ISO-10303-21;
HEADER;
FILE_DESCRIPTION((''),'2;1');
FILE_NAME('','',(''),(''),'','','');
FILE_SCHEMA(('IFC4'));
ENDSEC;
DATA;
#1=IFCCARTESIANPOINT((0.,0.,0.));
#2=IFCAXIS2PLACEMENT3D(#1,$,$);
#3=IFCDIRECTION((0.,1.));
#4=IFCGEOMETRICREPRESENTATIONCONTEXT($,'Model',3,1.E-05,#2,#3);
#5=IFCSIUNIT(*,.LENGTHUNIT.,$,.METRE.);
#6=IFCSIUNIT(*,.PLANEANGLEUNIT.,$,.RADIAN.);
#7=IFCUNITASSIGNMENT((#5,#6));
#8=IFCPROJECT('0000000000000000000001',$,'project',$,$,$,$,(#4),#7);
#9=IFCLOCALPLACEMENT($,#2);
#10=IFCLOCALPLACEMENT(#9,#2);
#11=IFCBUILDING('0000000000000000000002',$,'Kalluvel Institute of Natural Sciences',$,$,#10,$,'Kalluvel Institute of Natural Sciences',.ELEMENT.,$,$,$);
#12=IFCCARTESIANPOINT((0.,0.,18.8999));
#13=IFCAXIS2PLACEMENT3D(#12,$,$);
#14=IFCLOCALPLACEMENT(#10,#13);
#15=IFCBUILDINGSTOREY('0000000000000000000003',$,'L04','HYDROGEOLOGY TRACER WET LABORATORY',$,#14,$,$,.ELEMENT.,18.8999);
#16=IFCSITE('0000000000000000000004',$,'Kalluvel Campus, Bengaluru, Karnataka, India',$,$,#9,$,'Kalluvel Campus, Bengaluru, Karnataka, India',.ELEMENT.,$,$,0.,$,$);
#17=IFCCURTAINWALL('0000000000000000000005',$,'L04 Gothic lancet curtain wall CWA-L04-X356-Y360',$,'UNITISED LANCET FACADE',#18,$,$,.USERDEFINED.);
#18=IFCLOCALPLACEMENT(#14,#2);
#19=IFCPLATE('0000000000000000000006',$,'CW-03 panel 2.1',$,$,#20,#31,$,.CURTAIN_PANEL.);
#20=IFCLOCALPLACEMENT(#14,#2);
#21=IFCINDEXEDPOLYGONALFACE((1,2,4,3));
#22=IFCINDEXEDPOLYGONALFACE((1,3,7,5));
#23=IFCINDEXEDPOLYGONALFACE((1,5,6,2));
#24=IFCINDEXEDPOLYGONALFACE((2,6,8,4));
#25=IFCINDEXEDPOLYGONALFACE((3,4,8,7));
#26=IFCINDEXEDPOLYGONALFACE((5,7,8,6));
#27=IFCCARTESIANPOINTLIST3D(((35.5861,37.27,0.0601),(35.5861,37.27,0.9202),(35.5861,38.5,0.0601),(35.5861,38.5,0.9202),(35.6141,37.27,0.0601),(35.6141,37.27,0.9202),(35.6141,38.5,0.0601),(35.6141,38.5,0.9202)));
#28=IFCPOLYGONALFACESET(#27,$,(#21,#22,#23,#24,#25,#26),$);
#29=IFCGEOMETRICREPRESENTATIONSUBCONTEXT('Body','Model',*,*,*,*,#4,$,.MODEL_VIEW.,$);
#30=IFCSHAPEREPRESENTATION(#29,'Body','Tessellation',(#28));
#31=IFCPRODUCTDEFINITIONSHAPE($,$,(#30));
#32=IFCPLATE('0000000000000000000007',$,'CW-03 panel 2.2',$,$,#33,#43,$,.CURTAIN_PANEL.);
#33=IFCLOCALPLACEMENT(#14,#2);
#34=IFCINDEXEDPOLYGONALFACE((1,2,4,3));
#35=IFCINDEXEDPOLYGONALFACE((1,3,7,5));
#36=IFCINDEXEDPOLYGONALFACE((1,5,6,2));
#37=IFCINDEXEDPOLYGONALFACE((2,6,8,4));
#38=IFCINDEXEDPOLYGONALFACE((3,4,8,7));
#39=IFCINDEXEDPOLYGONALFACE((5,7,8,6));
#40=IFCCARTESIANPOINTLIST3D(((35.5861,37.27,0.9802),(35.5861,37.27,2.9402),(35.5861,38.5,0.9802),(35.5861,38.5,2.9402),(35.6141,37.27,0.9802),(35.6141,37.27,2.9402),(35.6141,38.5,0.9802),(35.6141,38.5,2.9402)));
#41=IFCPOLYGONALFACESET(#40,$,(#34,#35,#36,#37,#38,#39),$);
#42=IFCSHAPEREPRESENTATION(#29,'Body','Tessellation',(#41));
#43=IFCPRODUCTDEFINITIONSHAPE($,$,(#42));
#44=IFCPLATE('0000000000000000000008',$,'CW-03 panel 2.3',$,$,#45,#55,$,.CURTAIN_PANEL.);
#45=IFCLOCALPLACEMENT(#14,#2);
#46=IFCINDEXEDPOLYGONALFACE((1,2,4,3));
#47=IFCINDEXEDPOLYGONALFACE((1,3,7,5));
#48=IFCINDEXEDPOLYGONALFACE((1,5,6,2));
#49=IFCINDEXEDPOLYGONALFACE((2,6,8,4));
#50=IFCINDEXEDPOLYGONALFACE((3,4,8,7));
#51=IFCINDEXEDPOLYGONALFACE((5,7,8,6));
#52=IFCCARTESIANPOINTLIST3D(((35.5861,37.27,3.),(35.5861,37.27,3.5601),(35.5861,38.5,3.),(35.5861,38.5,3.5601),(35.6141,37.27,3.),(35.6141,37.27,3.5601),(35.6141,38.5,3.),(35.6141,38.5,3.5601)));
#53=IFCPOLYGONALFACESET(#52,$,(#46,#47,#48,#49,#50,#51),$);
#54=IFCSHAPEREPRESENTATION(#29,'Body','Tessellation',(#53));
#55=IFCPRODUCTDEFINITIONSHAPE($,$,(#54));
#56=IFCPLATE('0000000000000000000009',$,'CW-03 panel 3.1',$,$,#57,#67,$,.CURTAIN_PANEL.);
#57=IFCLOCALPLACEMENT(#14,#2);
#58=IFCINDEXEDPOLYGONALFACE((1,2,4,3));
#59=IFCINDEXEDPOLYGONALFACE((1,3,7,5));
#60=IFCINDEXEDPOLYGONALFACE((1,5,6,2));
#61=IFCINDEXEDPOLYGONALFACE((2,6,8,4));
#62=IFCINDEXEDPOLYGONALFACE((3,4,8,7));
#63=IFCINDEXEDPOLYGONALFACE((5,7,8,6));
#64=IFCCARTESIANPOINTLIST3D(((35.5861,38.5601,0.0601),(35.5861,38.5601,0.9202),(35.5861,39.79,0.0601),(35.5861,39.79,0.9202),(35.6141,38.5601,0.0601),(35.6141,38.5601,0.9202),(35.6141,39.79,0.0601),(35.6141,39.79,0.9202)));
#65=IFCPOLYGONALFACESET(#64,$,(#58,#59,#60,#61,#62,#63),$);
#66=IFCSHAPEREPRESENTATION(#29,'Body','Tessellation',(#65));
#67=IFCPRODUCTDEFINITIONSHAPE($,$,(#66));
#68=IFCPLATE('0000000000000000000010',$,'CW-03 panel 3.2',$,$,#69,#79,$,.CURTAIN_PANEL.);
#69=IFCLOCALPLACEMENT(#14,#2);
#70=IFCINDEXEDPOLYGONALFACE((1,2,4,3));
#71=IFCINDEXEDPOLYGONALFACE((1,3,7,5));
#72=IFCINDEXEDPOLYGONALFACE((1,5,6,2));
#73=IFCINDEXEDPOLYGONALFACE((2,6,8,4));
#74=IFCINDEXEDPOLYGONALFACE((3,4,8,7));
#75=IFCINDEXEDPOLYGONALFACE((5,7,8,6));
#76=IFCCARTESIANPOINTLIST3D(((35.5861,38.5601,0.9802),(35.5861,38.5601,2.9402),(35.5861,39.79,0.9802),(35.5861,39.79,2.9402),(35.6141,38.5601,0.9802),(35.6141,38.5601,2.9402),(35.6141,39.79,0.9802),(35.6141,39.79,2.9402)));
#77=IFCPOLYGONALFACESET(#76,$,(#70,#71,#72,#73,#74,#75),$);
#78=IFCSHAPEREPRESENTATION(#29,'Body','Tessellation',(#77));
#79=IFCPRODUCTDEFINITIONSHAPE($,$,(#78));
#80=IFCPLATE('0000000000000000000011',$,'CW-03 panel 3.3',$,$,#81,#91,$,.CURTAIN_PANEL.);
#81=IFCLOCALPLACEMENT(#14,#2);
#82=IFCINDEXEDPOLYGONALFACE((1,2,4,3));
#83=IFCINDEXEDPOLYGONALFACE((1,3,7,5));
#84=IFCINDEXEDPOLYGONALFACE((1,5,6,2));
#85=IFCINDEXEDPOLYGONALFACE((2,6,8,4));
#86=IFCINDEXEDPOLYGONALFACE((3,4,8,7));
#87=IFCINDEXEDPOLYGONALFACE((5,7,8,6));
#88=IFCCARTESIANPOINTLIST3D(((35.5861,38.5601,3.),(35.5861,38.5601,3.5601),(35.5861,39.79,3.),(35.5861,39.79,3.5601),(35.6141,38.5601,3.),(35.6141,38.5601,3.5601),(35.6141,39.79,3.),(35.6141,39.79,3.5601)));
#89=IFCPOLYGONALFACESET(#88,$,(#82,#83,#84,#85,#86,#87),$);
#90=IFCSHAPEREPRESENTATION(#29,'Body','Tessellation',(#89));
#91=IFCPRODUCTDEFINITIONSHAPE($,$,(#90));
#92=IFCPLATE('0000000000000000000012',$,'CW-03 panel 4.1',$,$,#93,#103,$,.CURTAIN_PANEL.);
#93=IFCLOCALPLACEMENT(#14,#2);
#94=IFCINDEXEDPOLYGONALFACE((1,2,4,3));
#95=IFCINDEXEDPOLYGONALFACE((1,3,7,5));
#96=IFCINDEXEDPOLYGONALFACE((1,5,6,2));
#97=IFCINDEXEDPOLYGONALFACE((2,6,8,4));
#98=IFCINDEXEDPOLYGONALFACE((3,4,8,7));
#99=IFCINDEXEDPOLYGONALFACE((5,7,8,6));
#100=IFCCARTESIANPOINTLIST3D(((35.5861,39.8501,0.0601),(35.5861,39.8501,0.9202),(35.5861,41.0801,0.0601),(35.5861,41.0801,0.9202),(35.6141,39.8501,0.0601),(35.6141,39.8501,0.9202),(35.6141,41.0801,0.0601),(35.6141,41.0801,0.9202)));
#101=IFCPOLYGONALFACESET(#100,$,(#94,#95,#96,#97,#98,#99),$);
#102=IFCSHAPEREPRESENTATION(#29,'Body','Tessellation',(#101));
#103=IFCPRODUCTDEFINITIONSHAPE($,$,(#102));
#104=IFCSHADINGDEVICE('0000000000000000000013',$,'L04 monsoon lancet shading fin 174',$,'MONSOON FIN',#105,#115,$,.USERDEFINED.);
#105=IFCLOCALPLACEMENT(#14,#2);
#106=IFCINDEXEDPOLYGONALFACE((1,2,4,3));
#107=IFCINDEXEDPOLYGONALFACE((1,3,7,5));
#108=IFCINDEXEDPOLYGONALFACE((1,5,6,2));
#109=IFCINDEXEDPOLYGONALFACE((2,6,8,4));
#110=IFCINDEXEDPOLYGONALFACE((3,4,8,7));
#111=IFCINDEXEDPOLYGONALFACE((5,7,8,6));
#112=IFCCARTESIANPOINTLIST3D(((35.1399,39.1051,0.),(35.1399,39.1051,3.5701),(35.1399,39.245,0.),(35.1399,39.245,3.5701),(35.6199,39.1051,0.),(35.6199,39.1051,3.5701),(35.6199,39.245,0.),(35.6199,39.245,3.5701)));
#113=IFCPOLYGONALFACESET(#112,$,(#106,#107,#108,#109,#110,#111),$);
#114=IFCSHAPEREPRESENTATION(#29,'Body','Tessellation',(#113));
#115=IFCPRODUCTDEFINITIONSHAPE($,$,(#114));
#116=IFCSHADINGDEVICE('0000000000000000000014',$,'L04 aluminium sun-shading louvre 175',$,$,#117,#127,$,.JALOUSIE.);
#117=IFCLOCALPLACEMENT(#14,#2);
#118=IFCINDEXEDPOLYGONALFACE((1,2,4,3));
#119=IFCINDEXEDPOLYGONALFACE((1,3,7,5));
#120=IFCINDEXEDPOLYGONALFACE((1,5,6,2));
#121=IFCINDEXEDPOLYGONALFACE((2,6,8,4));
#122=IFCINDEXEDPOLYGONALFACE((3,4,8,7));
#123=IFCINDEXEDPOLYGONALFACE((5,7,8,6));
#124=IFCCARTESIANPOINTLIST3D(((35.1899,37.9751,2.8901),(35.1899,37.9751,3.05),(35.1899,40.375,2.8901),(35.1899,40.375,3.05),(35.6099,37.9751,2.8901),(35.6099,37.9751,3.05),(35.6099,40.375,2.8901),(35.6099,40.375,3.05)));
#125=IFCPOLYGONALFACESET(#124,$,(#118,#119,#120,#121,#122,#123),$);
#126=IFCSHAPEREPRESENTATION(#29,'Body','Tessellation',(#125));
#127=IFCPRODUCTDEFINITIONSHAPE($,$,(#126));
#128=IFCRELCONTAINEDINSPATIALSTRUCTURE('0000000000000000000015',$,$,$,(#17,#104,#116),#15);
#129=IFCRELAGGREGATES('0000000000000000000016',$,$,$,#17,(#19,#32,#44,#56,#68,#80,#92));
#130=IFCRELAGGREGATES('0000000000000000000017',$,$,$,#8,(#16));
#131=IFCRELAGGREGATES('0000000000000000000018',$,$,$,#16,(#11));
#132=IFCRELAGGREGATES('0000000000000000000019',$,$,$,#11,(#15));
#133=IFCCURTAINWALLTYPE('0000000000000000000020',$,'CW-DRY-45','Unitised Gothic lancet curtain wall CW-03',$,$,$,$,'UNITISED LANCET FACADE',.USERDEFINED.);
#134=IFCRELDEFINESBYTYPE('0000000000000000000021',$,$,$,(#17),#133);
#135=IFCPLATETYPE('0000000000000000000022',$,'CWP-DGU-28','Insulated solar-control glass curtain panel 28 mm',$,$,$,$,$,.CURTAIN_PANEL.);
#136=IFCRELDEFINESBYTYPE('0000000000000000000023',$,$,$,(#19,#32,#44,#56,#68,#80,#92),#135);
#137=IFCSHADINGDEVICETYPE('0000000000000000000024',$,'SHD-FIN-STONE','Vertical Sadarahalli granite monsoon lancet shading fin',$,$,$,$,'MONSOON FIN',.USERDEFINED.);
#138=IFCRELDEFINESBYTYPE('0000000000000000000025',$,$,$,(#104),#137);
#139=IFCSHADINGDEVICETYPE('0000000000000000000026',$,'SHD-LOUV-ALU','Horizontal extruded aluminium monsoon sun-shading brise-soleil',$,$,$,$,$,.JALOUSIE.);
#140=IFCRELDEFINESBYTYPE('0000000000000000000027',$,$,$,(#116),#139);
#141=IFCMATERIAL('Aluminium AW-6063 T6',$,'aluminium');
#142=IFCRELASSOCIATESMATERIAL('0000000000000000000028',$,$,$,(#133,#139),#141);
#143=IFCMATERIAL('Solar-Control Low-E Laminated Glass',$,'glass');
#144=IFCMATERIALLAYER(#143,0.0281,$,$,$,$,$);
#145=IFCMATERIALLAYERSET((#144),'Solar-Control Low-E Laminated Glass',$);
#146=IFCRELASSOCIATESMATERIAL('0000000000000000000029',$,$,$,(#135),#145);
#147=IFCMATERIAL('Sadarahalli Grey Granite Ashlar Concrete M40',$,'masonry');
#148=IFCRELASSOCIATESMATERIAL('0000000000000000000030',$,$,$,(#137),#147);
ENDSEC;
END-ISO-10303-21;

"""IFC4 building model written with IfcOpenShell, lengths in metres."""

from ifc_helpers import new_model, si_unit, direction, frame, origin, origin_2d, place, context, subcontext, project, spatial, rectangle, extrude, material, layer, layer_set, type_object, element, aggregate, save


model = new_model("IFC4")

# Units and contexts
model_context = context("Model", 3, precision=1e-05, world=origin(), true_north=direction((0.0, 1.0)))
body_context = subcontext(model_context, "Body", "Model", "MODEL_VIEW")
ifc_project = project(units=[si_unit("LENGTHUNIT", "METRE"), si_unit("PLANEANGLEUNIT", "RADIAN")], contexts=[model_context])

# Site, building, storey
site_placement = place(None, origin())
site = spatial("IfcSite", under=ifc_project, at=site_placement, Name="Kalluvel Campus, Bengaluru, Karnataka, India", LongName="Kalluvel Campus, Bengaluru, Karnataka, India", CompositionType="ELEMENT", RefElevation=0.0)
building_placement = place(site_placement, origin())
building = spatial("IfcBuilding", under=site, at=building_placement, Name="Kalluvel Institute of Natural Sciences", LongName="Kalluvel Institute of Natural Sciences", CompositionType="ELEMENT")
storey_placement = place(building_placement, frame((0.0, 0.0, 18.8999)))
storey = spatial("IfcBuildingStorey", under=building, at=storey_placement, Name="L04", Description="HYDROGEOLOGY TRACER WET LABORATORY", CompositionType="ELEMENT", Elevation=18.8999)

# Curtain wall
ifc_material_1 = material(Name="Aluminium AW-6063 T6", Category="aluminium")
curtain_wall_type = type_object("IfcCurtainWallType", Name="CW-DRY-45", Description="Unitised Gothic lancet curtain wall CW-03", ElementType="UNITISED LANCET FACADE", PredefinedType="USERDEFINED", material=ifc_material_1)
curtain_wall_placement = place(storey_placement, origin())
curtain_wall = element("IfcCurtainWall", 1, at=curtain_wall_placement, inside=storey, type_object=curtain_wall_type, Name="L04 Gothic lancet curtain wall CWA-L04-X356-Y360", ObjectType="UNITISED LANCET FACADE", PredefinedType="USERDEFINED")

# Plates
ifc_material_2 = material(Name="Solar-Control Low-E Laminated Glass", Category="glass")
ifc_layer = layer(ifc_material_2, 0.0281)
ifc_layer_set = layer_set([ifc_layer], Name="Solar-Control Low-E Laminated Glass")
plate_type = type_object("IfcPlateType", Name="CWP-DGU-28", Description="Insulated solar-control glass curtain panel 28 mm", PredefinedType="CURTAIN_PANEL", material=ifc_layer_set)
plate_1_placement = place(storey_placement, frame((35.6001, 37.885, 0.0601), z_axis=(0.0, 0.0, 1.0), x_axis=(0.0, 1.0, 0.0)))
plate_1 = element("IfcPlate", 2, at=plate_1_placement, type_object=plate_type, Name="CW-03 panel 2.1", PredefinedType="CURTAIN_PANEL", context=body_context, shape_type="SweptSolid", body=[
    extrude(rectangle(XDim=1.23, YDim=0.0281, at=origin_2d()), origin(), (0.0, 0.0, 1.0), 0.8601),
])
plate_2_placement = place(storey_placement, frame((35.6001, 37.885, 0.9802), z_axis=(0.0, 0.0, 1.0), x_axis=(0.0, 1.0, 0.0)))
plate_2 = element("IfcPlate", 3, at=plate_2_placement, type_object=plate_type, Name="CW-03 panel 2.2", PredefinedType="CURTAIN_PANEL", context=body_context, shape_type="SweptSolid", body=[
    extrude(rectangle(XDim=1.23, YDim=0.0281, at=origin_2d()), origin(), (0.0, 0.0, 1.0), 1.96),
])
plate_3_placement = place(storey_placement, frame((35.6001, 37.885, 3.0), z_axis=(0.0, 0.0, 1.0), x_axis=(0.0, 1.0, 0.0)))
plate_3 = element("IfcPlate", 4, at=plate_3_placement, type_object=plate_type, Name="CW-03 panel 2.3", PredefinedType="CURTAIN_PANEL", context=body_context, shape_type="SweptSolid", body=[
    extrude(rectangle(XDim=1.23, YDim=0.0281, at=origin_2d()), origin(), (0.0, 0.0, 1.0), 0.5601),
])
plate_4_placement = place(storey_placement, frame((35.6001, 39.175, 0.0601), z_axis=(0.0, 0.0, 1.0), x_axis=(0.0, 1.0, 0.0)))
plate_4 = element("IfcPlate", 5, at=plate_4_placement, type_object=plate_type, Name="CW-03 panel 3.1", PredefinedType="CURTAIN_PANEL", context=body_context, shape_type="SweptSolid", body=[
    extrude(rectangle(XDim=1.23, YDim=0.0281, at=origin_2d()), origin(), (0.0, 0.0, 1.0), 0.8601),
])
plate_5_placement = place(storey_placement, frame((35.6001, 39.175, 0.9802), z_axis=(0.0, 0.0, 1.0), x_axis=(0.0, 1.0, 0.0)))
plate_5 = element("IfcPlate", 6, at=plate_5_placement, type_object=plate_type, Name="CW-03 panel 3.2", PredefinedType="CURTAIN_PANEL", context=body_context, shape_type="SweptSolid", body=[
    extrude(rectangle(XDim=1.23, YDim=0.0281, at=origin_2d()), origin(), (0.0, 0.0, 1.0), 1.96),
])
plate_6_placement = place(storey_placement, frame((35.6001, 39.175, 3.0), z_axis=(0.0, 0.0, 1.0), x_axis=(0.0, 1.0, 0.0)))
plate_6 = element("IfcPlate", 7, at=plate_6_placement, type_object=plate_type, Name="CW-03 panel 3.3", PredefinedType="CURTAIN_PANEL", context=body_context, shape_type="SweptSolid", body=[
    extrude(rectangle(XDim=1.23, YDim=0.0281, at=origin_2d()), origin(), (0.0, 0.0, 1.0), 0.5601),
])
plate_7_placement = place(storey_placement, frame((35.6001, 40.4651, 0.0601), z_axis=(0.0, 0.0, 1.0), x_axis=(0.0, 1.0, 0.0)))
plate_7 = element("IfcPlate", 8, at=plate_7_placement, type_object=plate_type, Name="CW-03 panel 4.1", PredefinedType="CURTAIN_PANEL", context=body_context, shape_type="SweptSolid", body=[
    extrude(rectangle(XDim=1.23, YDim=0.0281, at=origin_2d()), origin(), (0.0, 0.0, 1.0), 0.8601),
])
aggregate(curtain_wall, [plate_1, plate_2, plate_3, plate_4, plate_5, plate_6, plate_7])

# Shading devices
ifc_material_3 = material(Name="Sadarahalli Grey Granite Ashlar Concrete M40", Category="masonry")
shading_device_type_1 = type_object("IfcShadingDeviceType", Name="SHD-FIN-STONE", Description="Vertical Sadarahalli granite monsoon lancet shading fin", ElementType="MONSOON FIN", PredefinedType="USERDEFINED", material=ifc_material_3)
shading_device_1_placement = place(storey_placement, frame((35.3799, 39.175, 0.0), z_axis=(0.0, 0.0, 1.0), x_axis=(0.0, 1.0, 0.0)))
element("IfcShadingDevice", 9, at=shading_device_1_placement, inside=storey, type_object=shading_device_type_1, Name="L04 monsoon lancet shading fin 174", ObjectType="MONSOON FIN", PredefinedType="USERDEFINED", context=body_context, shape_type="SweptSolid", body=[
    extrude(rectangle(XDim=0.1399, YDim=0.48, at=origin_2d()), origin(), (0.0, 0.0, 1.0), 3.5701),
])
shading_device_type_2 = type_object("IfcShadingDeviceType", Name="SHD-LOUV-ALU", Description="Horizontal extruded aluminium monsoon sun-shading brise-soleil", PredefinedType="JALOUSIE", material=ifc_material_1)
shading_device_2_placement = place(storey_placement, frame((35.3999, 39.175, 2.8901), z_axis=(0.0, 0.0, 1.0), x_axis=(0.0, 1.0, 0.0)))
element("IfcShadingDevice", 10, at=shading_device_2_placement, inside=storey, type_object=shading_device_type_2, Name="L04 aluminium sun-shading louvre 175", PredefinedType="JALOUSIE", context=body_context, shape_type="SweptSolid", body=[
    extrude(rectangle(XDim=2.3999, YDim=0.4199, at=origin_2d()), origin(), (0.0, 0.0, 1.0), 0.1599),
])

save(model, "model.ifc")
